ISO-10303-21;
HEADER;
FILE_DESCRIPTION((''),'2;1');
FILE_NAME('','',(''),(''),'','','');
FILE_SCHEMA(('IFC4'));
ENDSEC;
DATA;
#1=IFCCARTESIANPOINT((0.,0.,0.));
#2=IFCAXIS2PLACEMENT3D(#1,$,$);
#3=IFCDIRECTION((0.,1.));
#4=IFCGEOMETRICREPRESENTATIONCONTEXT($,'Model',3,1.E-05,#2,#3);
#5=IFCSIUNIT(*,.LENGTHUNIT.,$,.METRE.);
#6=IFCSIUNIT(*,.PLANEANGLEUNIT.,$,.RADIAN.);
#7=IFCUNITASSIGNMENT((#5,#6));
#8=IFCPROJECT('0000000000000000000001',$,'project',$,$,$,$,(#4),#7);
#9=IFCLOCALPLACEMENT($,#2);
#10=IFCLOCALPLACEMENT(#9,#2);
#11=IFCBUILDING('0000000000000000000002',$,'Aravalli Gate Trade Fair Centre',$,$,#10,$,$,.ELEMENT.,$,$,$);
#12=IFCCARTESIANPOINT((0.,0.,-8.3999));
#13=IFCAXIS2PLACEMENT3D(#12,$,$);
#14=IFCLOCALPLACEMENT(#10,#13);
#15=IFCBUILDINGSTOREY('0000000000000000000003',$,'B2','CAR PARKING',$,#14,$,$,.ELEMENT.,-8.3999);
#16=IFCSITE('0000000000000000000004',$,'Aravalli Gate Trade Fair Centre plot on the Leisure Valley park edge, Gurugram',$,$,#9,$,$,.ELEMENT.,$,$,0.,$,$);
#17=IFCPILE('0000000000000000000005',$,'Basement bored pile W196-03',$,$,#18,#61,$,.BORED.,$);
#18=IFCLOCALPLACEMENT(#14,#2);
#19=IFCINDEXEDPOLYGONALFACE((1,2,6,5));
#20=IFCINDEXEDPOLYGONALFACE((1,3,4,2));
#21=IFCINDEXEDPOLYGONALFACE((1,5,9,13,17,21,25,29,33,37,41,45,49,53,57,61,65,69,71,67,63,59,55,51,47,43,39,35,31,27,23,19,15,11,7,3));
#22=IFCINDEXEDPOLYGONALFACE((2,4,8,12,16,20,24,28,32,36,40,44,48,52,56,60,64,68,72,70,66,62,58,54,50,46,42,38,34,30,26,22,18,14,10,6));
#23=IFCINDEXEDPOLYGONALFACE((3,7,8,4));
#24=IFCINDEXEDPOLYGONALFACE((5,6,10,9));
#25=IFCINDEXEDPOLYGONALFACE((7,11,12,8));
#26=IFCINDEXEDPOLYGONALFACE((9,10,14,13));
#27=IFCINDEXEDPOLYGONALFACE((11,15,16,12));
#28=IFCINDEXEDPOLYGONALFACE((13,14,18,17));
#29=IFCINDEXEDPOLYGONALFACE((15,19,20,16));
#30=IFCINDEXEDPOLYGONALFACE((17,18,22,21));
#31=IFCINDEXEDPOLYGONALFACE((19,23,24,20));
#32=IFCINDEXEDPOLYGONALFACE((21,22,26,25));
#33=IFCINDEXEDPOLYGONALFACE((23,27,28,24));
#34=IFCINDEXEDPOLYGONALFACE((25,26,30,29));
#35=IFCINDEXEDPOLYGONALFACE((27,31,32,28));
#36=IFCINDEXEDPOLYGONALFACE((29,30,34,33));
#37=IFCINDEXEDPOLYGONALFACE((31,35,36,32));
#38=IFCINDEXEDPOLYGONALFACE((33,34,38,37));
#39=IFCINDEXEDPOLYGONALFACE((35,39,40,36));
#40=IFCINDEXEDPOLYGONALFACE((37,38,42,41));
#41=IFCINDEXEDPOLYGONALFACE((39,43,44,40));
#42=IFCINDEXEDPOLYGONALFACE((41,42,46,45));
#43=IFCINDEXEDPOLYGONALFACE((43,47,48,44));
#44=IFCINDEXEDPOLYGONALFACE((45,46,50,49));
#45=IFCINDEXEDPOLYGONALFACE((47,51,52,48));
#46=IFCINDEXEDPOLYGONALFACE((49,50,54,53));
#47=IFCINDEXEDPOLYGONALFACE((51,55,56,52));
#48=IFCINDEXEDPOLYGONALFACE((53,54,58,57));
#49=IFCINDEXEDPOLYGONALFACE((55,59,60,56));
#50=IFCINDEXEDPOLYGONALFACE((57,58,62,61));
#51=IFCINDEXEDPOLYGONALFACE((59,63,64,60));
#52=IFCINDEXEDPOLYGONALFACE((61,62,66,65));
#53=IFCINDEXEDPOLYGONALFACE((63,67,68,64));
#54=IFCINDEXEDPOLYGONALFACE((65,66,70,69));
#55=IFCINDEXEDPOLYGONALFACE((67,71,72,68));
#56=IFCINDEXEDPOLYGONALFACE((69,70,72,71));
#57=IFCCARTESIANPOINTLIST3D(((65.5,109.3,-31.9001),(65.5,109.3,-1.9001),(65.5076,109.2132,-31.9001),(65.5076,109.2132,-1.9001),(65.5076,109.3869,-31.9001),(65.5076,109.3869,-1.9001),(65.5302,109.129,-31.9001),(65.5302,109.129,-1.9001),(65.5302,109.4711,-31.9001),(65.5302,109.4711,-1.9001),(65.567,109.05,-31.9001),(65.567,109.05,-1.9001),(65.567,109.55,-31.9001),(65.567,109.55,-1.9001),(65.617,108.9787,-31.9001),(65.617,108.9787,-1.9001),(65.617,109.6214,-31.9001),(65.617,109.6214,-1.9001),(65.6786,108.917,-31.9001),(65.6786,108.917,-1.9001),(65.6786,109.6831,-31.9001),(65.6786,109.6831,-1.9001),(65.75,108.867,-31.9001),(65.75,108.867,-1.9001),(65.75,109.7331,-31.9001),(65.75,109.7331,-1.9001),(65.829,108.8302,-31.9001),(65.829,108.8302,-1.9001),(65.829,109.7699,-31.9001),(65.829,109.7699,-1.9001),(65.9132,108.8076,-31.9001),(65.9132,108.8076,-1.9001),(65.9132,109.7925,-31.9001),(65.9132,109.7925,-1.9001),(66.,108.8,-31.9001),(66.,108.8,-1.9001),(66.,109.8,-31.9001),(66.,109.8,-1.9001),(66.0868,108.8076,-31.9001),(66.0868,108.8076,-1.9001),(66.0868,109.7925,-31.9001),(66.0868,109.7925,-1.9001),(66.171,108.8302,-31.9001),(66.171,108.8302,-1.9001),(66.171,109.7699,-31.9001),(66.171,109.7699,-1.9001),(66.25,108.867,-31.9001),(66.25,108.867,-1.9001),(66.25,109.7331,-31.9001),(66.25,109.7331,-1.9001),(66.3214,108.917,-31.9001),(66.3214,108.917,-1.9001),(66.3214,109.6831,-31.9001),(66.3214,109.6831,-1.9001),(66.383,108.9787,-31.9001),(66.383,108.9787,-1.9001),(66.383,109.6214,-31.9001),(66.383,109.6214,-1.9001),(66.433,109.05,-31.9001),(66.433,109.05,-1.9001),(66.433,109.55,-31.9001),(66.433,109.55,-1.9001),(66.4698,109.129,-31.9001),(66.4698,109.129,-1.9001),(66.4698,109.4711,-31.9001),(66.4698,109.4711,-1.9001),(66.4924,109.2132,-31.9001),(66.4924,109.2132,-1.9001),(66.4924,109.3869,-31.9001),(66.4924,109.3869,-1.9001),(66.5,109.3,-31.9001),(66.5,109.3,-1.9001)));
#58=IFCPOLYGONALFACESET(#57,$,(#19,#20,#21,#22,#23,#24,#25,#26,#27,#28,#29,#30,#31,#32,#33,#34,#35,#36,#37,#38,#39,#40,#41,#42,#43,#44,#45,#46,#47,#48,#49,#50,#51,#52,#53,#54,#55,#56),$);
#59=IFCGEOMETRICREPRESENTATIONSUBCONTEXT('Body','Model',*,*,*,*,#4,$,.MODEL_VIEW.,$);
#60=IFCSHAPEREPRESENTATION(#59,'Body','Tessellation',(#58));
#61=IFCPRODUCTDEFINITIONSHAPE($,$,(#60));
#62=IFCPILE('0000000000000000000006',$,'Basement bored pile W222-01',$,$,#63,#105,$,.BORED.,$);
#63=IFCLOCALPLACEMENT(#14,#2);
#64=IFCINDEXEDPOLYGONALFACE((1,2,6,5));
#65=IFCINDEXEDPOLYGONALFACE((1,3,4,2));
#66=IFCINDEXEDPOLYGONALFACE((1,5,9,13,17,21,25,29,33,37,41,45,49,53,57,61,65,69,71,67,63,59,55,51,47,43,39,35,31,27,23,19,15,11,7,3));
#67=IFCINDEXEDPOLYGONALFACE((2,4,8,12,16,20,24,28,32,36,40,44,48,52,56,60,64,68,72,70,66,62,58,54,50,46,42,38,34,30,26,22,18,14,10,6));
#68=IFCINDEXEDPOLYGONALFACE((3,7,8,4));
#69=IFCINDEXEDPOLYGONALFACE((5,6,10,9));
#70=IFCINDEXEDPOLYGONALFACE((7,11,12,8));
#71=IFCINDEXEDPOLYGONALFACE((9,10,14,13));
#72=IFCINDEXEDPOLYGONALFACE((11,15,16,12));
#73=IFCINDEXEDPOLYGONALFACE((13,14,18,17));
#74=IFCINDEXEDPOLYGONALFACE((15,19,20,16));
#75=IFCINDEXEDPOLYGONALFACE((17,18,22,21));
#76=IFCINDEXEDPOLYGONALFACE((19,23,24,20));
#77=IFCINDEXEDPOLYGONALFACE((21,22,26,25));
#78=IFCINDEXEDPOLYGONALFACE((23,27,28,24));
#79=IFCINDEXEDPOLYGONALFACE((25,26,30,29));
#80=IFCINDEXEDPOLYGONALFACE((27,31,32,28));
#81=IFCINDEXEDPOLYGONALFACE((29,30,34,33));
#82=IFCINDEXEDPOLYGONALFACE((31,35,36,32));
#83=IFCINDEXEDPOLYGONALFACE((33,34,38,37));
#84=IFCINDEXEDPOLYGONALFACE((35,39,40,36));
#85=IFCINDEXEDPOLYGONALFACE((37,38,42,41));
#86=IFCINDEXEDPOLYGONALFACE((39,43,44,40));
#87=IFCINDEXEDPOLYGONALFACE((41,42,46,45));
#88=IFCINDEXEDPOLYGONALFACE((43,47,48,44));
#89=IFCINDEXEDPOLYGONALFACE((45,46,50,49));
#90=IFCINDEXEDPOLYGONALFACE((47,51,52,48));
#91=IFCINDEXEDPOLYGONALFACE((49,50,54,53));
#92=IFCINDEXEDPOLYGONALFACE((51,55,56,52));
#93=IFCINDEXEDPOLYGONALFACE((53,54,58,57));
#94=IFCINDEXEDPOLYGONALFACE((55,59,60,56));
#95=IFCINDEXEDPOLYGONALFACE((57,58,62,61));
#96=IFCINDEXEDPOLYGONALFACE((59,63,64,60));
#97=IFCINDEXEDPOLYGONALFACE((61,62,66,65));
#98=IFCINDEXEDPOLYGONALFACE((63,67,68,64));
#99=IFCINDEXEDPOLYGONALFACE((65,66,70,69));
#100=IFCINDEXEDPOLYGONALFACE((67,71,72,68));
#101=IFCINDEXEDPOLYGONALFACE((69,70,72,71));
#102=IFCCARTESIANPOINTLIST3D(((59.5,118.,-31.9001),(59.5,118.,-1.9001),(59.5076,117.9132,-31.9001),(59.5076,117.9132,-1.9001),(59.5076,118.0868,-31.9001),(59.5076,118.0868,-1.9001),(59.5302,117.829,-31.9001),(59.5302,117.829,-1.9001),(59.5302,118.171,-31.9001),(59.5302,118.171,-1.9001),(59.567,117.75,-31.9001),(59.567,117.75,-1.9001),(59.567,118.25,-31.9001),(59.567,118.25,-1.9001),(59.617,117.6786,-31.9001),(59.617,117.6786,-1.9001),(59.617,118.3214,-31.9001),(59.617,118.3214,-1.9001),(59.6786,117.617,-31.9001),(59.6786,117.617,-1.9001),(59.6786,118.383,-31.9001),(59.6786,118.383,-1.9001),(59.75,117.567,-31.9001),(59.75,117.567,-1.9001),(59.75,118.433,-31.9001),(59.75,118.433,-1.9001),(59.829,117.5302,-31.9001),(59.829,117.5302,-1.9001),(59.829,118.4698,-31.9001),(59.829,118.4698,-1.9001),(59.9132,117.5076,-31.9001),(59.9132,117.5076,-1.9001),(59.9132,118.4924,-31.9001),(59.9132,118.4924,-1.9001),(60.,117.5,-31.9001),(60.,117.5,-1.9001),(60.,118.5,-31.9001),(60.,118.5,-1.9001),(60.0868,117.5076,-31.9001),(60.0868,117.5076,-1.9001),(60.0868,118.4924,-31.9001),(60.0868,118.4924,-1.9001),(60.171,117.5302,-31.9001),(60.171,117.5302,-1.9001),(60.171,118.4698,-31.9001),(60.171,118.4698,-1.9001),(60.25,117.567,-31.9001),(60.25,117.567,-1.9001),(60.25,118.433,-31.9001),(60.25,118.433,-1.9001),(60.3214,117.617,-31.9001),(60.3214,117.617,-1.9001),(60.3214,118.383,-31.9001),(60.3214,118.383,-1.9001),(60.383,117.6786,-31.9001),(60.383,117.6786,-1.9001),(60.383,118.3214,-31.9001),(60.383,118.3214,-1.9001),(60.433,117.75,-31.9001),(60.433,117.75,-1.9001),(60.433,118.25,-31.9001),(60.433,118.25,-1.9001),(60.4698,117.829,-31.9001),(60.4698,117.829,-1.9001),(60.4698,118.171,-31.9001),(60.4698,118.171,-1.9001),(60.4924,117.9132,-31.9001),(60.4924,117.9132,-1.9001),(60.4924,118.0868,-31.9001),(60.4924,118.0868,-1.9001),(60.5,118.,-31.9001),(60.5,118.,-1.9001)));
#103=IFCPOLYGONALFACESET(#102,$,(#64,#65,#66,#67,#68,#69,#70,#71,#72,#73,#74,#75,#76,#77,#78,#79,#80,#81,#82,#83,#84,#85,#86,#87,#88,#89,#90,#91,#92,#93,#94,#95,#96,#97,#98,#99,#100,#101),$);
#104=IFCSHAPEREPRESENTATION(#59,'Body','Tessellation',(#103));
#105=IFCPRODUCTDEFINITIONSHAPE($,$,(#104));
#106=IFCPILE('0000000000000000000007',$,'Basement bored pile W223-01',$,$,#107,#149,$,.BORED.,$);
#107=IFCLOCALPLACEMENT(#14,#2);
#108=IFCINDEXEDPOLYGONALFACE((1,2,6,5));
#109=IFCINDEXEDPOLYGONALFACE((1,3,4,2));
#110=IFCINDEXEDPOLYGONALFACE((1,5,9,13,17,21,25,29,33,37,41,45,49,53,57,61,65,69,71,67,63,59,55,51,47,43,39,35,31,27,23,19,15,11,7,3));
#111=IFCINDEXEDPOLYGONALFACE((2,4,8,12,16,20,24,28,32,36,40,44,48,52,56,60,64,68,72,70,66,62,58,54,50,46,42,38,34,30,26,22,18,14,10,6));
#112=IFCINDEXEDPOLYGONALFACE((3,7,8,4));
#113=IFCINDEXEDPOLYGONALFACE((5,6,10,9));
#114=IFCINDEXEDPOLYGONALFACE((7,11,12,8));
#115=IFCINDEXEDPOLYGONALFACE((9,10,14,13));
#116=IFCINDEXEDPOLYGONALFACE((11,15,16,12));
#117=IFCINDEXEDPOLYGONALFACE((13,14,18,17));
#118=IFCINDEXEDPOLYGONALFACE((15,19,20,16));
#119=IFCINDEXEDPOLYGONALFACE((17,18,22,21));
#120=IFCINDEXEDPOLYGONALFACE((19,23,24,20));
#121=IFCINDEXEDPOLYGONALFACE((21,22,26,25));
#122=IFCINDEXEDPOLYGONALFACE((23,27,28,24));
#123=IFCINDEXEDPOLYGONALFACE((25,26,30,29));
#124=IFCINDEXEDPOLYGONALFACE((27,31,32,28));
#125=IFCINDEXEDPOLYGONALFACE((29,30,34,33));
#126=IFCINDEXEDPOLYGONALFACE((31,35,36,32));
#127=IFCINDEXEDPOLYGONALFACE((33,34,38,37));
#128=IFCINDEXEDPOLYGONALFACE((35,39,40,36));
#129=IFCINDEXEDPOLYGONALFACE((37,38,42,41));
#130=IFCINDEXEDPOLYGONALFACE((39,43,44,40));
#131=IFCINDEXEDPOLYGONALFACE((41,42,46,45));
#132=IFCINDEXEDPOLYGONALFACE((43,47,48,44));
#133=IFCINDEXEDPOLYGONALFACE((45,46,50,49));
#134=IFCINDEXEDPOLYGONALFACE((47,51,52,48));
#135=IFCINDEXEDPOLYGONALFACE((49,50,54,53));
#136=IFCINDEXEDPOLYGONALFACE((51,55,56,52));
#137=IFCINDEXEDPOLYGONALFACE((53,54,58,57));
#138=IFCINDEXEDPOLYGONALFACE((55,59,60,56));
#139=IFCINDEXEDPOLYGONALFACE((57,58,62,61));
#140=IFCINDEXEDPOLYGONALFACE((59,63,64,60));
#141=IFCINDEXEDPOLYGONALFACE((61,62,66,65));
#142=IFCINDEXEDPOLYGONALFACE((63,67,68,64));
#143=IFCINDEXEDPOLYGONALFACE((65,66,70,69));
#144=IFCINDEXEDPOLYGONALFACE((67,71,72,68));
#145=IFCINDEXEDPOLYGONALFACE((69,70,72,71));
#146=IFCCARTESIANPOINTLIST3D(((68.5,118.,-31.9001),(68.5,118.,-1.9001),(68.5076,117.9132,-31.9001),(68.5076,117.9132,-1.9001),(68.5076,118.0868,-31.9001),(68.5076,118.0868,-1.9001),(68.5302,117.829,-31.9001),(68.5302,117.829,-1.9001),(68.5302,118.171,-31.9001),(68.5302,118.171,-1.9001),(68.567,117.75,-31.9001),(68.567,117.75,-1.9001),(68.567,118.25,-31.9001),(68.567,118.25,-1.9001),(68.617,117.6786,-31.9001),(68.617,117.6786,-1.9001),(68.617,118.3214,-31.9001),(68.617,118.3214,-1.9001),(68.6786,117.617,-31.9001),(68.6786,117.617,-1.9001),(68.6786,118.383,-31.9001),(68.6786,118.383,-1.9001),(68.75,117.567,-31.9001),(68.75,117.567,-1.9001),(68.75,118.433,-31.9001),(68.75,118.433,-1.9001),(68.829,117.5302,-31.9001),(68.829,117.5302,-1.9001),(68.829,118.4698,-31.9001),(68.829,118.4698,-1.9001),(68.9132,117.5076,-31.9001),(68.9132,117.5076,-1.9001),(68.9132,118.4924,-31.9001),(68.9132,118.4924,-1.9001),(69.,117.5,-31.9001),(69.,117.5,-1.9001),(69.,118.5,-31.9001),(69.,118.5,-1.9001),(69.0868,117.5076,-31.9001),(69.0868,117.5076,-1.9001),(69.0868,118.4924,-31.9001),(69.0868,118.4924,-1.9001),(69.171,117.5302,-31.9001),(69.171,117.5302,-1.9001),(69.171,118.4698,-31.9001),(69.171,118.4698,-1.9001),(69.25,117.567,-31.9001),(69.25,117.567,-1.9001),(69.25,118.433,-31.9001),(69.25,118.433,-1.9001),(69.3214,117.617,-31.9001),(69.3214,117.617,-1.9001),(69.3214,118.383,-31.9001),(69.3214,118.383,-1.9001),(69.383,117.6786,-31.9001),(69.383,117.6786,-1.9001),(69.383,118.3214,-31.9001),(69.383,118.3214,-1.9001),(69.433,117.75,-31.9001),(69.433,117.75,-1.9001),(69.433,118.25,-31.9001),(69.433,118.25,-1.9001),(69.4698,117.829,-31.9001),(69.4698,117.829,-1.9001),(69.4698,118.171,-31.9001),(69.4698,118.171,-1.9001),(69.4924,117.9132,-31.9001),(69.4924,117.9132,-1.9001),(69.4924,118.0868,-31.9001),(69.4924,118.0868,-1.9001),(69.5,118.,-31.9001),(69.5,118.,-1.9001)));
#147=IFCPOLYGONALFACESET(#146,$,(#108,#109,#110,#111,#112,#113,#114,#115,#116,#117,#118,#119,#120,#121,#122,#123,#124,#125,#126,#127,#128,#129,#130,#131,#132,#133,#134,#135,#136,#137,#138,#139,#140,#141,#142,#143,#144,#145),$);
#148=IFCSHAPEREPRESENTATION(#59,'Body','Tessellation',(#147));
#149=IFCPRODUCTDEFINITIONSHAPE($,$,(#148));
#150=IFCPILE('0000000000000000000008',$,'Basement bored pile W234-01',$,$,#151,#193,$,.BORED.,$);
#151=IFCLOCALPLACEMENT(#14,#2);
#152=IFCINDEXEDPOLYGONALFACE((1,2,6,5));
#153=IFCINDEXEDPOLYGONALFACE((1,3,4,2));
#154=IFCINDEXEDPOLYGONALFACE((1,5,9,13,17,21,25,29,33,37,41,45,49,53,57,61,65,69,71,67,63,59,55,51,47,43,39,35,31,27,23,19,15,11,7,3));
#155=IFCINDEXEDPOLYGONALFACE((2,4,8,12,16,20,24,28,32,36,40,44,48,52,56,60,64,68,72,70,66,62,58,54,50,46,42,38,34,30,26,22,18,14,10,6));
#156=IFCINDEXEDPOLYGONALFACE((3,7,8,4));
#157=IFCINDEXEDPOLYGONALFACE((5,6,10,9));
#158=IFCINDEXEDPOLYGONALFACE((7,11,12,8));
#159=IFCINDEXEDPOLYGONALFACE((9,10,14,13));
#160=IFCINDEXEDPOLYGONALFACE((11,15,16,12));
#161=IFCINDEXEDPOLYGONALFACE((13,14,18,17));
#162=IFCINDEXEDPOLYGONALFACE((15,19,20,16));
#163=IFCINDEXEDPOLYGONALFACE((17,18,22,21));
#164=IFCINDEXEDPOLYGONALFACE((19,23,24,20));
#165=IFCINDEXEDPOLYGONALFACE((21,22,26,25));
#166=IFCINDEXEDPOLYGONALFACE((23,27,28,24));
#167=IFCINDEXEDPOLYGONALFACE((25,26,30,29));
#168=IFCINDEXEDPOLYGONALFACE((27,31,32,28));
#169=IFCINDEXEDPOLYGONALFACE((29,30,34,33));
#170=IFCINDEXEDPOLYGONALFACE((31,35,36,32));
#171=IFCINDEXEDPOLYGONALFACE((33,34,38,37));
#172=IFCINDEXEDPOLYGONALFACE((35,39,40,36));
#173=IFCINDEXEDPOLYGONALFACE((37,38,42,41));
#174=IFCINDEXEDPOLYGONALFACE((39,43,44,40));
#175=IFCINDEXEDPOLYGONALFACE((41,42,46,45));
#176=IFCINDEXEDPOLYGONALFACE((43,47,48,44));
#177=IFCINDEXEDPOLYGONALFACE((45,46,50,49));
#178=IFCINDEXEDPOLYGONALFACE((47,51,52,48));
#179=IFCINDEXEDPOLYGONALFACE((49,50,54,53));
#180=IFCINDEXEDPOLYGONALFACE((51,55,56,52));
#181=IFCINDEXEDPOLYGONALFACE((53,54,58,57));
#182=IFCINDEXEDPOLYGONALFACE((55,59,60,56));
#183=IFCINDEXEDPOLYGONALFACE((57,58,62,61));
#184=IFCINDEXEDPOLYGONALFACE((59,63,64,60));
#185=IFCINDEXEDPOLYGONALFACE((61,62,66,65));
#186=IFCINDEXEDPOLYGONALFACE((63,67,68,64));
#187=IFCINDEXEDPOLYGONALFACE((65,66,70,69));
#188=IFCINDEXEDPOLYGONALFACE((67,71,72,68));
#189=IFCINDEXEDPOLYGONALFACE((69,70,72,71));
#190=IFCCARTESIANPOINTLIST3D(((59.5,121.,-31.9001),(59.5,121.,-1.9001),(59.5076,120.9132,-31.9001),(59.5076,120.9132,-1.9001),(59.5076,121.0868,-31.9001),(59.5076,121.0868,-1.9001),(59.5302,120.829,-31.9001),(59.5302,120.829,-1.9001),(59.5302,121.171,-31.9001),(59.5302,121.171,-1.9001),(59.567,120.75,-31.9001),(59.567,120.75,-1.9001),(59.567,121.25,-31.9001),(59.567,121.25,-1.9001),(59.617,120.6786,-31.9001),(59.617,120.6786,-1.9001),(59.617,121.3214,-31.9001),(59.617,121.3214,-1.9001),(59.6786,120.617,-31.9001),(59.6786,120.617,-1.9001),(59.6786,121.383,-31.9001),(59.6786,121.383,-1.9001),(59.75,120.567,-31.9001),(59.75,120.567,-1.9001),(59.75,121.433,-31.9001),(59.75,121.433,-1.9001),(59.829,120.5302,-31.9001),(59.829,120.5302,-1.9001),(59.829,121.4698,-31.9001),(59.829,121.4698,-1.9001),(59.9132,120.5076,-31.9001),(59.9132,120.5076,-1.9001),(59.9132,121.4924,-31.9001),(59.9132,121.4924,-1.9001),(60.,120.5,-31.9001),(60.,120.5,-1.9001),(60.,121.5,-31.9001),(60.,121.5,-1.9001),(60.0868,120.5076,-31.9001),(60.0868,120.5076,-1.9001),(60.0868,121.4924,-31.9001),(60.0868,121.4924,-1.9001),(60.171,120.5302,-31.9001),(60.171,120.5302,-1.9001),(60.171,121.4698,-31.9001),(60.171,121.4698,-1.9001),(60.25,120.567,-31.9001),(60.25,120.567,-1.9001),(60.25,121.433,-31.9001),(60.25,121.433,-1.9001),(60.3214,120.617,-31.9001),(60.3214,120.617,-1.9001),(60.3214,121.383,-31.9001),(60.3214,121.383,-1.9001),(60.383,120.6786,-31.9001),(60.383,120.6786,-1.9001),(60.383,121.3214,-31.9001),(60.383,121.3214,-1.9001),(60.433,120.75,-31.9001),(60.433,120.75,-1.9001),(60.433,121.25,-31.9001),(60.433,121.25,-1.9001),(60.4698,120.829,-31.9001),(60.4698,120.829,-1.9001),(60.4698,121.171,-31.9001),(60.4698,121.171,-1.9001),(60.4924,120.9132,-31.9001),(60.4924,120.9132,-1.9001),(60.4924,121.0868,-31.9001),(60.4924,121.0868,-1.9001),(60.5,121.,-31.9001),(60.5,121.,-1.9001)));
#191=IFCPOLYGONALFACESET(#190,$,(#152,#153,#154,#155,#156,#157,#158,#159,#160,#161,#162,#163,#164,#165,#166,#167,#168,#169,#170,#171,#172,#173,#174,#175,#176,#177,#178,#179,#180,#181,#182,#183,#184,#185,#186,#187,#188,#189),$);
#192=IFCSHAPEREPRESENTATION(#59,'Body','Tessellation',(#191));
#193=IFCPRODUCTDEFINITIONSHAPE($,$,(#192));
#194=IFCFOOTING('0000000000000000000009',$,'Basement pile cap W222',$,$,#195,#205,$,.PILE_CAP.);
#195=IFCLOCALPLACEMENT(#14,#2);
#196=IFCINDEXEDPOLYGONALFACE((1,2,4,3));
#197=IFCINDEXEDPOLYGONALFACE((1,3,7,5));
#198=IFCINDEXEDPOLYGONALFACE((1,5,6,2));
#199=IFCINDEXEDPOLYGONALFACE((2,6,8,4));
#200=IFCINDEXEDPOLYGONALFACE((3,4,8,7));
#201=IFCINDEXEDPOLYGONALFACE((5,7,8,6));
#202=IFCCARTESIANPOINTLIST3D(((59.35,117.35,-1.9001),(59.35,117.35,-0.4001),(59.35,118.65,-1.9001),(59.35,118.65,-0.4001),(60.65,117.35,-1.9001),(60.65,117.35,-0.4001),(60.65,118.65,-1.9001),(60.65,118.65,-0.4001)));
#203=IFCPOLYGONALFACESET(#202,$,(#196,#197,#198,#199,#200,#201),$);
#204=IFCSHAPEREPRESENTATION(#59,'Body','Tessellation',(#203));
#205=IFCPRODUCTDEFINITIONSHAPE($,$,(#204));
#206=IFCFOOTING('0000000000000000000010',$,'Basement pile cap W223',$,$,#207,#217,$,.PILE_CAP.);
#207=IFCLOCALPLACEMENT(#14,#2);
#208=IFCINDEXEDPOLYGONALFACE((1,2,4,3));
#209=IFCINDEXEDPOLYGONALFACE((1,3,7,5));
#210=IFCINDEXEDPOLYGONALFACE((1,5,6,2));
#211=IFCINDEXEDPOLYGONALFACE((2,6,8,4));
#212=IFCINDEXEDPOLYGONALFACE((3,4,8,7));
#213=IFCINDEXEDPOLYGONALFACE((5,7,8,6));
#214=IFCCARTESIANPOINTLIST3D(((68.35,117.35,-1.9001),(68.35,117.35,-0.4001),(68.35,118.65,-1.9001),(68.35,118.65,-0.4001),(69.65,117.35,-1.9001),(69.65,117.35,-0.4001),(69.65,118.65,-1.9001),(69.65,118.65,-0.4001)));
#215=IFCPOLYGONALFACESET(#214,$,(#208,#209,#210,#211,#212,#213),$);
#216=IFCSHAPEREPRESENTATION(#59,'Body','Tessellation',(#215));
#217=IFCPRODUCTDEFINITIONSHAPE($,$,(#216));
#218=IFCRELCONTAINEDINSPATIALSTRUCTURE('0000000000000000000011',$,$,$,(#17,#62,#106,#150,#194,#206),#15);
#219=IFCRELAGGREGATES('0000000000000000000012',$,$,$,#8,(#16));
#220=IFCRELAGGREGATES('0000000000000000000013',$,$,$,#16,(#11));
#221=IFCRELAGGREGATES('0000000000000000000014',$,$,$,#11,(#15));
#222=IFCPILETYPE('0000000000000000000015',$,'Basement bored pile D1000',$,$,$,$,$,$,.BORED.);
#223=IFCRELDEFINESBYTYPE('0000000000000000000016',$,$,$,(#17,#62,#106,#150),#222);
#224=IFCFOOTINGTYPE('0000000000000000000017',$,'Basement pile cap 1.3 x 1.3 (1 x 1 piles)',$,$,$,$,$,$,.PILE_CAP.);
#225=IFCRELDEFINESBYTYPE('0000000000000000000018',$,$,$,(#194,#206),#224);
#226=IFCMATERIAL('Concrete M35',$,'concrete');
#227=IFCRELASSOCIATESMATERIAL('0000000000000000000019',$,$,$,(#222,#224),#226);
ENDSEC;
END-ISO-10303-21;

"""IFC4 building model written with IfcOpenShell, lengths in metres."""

from ifc_helpers import new_model, si_unit, direction, frame, origin, origin_2d, place, context, subcontext, project, spatial, rectangle, circle, extrude, material, material_profile, profile_set, type_object, element, save


model = new_model("IFC4")

# Units and contexts
model_context = context("Model", 3, precision=1e-05, world=origin(), true_north=direction((0.0, 1.0)))
body_context = subcontext(model_context, "Body", "Model", "MODEL_VIEW")
ifc_project = project(units=[si_unit("LENGTHUNIT", "METRE"), si_unit("PLANEANGLEUNIT", "RADIAN")], contexts=[model_context])

# Site, building, storey
site_placement = place(None, origin())
site = spatial("IfcSite", under=ifc_project, at=site_placement, Name="Aravalli Gate Trade Fair Centre plot on the Leisure Valley park edge, Gurugram", CompositionType="ELEMENT", RefElevation=0.0)
building_placement = place(site_placement, origin())
building = spatial("IfcBuilding", under=site, at=building_placement, Name="Aravalli Gate Trade Fair Centre", CompositionType="ELEMENT")
storey_placement = place(building_placement, frame((0.0, 0.0, -8.3999)))
storey = spatial("IfcBuildingStorey", under=building, at=storey_placement, Name="B2", Description="CAR PARKING", CompositionType="ELEMENT", Elevation=-8.3999)

# Piles
ifc_material_1 = material(Name="Concrete M35", Category="concrete")
ifc_material_profile_1 = material_profile(ifc_material_1, circle(Radius=0.5, at=origin_2d()), Name="D1000")
ifc_profile_set_1 = profile_set([ifc_material_profile_1], Name="Concrete M35")
pile_type = type_object("IfcPileType", Name="Basement bored pile D1000", PredefinedType="BORED", material=ifc_profile_set_1)
for number, where, z_axis, x_axis, name in (
    (1, (66.0, 109.3, -1.9001), (0.0, 0.0, -1.0), (1.0, 0.0, 0.0), "Basement bored pile W196-03"),
    (2, (60.0, 118.0, -1.9001), (0.0, 0.0, -1.0), (1.0, 0.0, 0.0), "Basement bored pile W222-01"),
    (3, (69.0, 118.0, -1.9001), (0.0, 0.0, -1.0), (1.0, 0.0, 0.0), "Basement bored pile W223-01"),
    (4, (60.0, 121.0, -1.9001), (0.0, 0.0, -1.0), (1.0, 0.0, 0.0), "Basement bored pile W234-01"),
):
    element("IfcPile", number, at=place(storey_placement, frame(where, z_axis=z_axis, x_axis=x_axis)), inside=storey, type_object=pile_type, Name=name, PredefinedType="BORED", context=body_context, shape_type="SweptSolid", body=[
        extrude(circle(Radius=0.5, at=origin_2d()), origin(), (0.0, 0.0, 1.0), 30.0),
    ])

# Footings
footing_type = type_object("IfcFootingType", Name="Basement pile cap 1.3 x 1.3 (1 x 1 piles)", PredefinedType="PILE_CAP", material=ifc_material_1)
for number, where, z_axis, x_axis, name in (
    (5, (60.0, 118.0, -1.9001), (0.0, 0.0, 1.0), (1.0, 0.0, 0.0), "Basement pile cap W222"),
    (6, (69.0, 118.0, -1.9001), (0.0, 0.0, 1.0), (1.0, 0.0, 0.0), "Basement pile cap W223"),
):
    element("IfcFooting", number, at=place(storey_placement, frame(where, z_axis=z_axis, x_axis=x_axis)), inside=storey, type_object=footing_type, Name=name, PredefinedType="PILE_CAP", context=body_context, shape_type="SweptSolid", body=[
        extrude(rectangle(XDim=1.3, YDim=1.3, at=origin_2d()), origin(), (0.0, 0.0, 1.0), 1.5),
    ])

save(model, "model.ifc")
